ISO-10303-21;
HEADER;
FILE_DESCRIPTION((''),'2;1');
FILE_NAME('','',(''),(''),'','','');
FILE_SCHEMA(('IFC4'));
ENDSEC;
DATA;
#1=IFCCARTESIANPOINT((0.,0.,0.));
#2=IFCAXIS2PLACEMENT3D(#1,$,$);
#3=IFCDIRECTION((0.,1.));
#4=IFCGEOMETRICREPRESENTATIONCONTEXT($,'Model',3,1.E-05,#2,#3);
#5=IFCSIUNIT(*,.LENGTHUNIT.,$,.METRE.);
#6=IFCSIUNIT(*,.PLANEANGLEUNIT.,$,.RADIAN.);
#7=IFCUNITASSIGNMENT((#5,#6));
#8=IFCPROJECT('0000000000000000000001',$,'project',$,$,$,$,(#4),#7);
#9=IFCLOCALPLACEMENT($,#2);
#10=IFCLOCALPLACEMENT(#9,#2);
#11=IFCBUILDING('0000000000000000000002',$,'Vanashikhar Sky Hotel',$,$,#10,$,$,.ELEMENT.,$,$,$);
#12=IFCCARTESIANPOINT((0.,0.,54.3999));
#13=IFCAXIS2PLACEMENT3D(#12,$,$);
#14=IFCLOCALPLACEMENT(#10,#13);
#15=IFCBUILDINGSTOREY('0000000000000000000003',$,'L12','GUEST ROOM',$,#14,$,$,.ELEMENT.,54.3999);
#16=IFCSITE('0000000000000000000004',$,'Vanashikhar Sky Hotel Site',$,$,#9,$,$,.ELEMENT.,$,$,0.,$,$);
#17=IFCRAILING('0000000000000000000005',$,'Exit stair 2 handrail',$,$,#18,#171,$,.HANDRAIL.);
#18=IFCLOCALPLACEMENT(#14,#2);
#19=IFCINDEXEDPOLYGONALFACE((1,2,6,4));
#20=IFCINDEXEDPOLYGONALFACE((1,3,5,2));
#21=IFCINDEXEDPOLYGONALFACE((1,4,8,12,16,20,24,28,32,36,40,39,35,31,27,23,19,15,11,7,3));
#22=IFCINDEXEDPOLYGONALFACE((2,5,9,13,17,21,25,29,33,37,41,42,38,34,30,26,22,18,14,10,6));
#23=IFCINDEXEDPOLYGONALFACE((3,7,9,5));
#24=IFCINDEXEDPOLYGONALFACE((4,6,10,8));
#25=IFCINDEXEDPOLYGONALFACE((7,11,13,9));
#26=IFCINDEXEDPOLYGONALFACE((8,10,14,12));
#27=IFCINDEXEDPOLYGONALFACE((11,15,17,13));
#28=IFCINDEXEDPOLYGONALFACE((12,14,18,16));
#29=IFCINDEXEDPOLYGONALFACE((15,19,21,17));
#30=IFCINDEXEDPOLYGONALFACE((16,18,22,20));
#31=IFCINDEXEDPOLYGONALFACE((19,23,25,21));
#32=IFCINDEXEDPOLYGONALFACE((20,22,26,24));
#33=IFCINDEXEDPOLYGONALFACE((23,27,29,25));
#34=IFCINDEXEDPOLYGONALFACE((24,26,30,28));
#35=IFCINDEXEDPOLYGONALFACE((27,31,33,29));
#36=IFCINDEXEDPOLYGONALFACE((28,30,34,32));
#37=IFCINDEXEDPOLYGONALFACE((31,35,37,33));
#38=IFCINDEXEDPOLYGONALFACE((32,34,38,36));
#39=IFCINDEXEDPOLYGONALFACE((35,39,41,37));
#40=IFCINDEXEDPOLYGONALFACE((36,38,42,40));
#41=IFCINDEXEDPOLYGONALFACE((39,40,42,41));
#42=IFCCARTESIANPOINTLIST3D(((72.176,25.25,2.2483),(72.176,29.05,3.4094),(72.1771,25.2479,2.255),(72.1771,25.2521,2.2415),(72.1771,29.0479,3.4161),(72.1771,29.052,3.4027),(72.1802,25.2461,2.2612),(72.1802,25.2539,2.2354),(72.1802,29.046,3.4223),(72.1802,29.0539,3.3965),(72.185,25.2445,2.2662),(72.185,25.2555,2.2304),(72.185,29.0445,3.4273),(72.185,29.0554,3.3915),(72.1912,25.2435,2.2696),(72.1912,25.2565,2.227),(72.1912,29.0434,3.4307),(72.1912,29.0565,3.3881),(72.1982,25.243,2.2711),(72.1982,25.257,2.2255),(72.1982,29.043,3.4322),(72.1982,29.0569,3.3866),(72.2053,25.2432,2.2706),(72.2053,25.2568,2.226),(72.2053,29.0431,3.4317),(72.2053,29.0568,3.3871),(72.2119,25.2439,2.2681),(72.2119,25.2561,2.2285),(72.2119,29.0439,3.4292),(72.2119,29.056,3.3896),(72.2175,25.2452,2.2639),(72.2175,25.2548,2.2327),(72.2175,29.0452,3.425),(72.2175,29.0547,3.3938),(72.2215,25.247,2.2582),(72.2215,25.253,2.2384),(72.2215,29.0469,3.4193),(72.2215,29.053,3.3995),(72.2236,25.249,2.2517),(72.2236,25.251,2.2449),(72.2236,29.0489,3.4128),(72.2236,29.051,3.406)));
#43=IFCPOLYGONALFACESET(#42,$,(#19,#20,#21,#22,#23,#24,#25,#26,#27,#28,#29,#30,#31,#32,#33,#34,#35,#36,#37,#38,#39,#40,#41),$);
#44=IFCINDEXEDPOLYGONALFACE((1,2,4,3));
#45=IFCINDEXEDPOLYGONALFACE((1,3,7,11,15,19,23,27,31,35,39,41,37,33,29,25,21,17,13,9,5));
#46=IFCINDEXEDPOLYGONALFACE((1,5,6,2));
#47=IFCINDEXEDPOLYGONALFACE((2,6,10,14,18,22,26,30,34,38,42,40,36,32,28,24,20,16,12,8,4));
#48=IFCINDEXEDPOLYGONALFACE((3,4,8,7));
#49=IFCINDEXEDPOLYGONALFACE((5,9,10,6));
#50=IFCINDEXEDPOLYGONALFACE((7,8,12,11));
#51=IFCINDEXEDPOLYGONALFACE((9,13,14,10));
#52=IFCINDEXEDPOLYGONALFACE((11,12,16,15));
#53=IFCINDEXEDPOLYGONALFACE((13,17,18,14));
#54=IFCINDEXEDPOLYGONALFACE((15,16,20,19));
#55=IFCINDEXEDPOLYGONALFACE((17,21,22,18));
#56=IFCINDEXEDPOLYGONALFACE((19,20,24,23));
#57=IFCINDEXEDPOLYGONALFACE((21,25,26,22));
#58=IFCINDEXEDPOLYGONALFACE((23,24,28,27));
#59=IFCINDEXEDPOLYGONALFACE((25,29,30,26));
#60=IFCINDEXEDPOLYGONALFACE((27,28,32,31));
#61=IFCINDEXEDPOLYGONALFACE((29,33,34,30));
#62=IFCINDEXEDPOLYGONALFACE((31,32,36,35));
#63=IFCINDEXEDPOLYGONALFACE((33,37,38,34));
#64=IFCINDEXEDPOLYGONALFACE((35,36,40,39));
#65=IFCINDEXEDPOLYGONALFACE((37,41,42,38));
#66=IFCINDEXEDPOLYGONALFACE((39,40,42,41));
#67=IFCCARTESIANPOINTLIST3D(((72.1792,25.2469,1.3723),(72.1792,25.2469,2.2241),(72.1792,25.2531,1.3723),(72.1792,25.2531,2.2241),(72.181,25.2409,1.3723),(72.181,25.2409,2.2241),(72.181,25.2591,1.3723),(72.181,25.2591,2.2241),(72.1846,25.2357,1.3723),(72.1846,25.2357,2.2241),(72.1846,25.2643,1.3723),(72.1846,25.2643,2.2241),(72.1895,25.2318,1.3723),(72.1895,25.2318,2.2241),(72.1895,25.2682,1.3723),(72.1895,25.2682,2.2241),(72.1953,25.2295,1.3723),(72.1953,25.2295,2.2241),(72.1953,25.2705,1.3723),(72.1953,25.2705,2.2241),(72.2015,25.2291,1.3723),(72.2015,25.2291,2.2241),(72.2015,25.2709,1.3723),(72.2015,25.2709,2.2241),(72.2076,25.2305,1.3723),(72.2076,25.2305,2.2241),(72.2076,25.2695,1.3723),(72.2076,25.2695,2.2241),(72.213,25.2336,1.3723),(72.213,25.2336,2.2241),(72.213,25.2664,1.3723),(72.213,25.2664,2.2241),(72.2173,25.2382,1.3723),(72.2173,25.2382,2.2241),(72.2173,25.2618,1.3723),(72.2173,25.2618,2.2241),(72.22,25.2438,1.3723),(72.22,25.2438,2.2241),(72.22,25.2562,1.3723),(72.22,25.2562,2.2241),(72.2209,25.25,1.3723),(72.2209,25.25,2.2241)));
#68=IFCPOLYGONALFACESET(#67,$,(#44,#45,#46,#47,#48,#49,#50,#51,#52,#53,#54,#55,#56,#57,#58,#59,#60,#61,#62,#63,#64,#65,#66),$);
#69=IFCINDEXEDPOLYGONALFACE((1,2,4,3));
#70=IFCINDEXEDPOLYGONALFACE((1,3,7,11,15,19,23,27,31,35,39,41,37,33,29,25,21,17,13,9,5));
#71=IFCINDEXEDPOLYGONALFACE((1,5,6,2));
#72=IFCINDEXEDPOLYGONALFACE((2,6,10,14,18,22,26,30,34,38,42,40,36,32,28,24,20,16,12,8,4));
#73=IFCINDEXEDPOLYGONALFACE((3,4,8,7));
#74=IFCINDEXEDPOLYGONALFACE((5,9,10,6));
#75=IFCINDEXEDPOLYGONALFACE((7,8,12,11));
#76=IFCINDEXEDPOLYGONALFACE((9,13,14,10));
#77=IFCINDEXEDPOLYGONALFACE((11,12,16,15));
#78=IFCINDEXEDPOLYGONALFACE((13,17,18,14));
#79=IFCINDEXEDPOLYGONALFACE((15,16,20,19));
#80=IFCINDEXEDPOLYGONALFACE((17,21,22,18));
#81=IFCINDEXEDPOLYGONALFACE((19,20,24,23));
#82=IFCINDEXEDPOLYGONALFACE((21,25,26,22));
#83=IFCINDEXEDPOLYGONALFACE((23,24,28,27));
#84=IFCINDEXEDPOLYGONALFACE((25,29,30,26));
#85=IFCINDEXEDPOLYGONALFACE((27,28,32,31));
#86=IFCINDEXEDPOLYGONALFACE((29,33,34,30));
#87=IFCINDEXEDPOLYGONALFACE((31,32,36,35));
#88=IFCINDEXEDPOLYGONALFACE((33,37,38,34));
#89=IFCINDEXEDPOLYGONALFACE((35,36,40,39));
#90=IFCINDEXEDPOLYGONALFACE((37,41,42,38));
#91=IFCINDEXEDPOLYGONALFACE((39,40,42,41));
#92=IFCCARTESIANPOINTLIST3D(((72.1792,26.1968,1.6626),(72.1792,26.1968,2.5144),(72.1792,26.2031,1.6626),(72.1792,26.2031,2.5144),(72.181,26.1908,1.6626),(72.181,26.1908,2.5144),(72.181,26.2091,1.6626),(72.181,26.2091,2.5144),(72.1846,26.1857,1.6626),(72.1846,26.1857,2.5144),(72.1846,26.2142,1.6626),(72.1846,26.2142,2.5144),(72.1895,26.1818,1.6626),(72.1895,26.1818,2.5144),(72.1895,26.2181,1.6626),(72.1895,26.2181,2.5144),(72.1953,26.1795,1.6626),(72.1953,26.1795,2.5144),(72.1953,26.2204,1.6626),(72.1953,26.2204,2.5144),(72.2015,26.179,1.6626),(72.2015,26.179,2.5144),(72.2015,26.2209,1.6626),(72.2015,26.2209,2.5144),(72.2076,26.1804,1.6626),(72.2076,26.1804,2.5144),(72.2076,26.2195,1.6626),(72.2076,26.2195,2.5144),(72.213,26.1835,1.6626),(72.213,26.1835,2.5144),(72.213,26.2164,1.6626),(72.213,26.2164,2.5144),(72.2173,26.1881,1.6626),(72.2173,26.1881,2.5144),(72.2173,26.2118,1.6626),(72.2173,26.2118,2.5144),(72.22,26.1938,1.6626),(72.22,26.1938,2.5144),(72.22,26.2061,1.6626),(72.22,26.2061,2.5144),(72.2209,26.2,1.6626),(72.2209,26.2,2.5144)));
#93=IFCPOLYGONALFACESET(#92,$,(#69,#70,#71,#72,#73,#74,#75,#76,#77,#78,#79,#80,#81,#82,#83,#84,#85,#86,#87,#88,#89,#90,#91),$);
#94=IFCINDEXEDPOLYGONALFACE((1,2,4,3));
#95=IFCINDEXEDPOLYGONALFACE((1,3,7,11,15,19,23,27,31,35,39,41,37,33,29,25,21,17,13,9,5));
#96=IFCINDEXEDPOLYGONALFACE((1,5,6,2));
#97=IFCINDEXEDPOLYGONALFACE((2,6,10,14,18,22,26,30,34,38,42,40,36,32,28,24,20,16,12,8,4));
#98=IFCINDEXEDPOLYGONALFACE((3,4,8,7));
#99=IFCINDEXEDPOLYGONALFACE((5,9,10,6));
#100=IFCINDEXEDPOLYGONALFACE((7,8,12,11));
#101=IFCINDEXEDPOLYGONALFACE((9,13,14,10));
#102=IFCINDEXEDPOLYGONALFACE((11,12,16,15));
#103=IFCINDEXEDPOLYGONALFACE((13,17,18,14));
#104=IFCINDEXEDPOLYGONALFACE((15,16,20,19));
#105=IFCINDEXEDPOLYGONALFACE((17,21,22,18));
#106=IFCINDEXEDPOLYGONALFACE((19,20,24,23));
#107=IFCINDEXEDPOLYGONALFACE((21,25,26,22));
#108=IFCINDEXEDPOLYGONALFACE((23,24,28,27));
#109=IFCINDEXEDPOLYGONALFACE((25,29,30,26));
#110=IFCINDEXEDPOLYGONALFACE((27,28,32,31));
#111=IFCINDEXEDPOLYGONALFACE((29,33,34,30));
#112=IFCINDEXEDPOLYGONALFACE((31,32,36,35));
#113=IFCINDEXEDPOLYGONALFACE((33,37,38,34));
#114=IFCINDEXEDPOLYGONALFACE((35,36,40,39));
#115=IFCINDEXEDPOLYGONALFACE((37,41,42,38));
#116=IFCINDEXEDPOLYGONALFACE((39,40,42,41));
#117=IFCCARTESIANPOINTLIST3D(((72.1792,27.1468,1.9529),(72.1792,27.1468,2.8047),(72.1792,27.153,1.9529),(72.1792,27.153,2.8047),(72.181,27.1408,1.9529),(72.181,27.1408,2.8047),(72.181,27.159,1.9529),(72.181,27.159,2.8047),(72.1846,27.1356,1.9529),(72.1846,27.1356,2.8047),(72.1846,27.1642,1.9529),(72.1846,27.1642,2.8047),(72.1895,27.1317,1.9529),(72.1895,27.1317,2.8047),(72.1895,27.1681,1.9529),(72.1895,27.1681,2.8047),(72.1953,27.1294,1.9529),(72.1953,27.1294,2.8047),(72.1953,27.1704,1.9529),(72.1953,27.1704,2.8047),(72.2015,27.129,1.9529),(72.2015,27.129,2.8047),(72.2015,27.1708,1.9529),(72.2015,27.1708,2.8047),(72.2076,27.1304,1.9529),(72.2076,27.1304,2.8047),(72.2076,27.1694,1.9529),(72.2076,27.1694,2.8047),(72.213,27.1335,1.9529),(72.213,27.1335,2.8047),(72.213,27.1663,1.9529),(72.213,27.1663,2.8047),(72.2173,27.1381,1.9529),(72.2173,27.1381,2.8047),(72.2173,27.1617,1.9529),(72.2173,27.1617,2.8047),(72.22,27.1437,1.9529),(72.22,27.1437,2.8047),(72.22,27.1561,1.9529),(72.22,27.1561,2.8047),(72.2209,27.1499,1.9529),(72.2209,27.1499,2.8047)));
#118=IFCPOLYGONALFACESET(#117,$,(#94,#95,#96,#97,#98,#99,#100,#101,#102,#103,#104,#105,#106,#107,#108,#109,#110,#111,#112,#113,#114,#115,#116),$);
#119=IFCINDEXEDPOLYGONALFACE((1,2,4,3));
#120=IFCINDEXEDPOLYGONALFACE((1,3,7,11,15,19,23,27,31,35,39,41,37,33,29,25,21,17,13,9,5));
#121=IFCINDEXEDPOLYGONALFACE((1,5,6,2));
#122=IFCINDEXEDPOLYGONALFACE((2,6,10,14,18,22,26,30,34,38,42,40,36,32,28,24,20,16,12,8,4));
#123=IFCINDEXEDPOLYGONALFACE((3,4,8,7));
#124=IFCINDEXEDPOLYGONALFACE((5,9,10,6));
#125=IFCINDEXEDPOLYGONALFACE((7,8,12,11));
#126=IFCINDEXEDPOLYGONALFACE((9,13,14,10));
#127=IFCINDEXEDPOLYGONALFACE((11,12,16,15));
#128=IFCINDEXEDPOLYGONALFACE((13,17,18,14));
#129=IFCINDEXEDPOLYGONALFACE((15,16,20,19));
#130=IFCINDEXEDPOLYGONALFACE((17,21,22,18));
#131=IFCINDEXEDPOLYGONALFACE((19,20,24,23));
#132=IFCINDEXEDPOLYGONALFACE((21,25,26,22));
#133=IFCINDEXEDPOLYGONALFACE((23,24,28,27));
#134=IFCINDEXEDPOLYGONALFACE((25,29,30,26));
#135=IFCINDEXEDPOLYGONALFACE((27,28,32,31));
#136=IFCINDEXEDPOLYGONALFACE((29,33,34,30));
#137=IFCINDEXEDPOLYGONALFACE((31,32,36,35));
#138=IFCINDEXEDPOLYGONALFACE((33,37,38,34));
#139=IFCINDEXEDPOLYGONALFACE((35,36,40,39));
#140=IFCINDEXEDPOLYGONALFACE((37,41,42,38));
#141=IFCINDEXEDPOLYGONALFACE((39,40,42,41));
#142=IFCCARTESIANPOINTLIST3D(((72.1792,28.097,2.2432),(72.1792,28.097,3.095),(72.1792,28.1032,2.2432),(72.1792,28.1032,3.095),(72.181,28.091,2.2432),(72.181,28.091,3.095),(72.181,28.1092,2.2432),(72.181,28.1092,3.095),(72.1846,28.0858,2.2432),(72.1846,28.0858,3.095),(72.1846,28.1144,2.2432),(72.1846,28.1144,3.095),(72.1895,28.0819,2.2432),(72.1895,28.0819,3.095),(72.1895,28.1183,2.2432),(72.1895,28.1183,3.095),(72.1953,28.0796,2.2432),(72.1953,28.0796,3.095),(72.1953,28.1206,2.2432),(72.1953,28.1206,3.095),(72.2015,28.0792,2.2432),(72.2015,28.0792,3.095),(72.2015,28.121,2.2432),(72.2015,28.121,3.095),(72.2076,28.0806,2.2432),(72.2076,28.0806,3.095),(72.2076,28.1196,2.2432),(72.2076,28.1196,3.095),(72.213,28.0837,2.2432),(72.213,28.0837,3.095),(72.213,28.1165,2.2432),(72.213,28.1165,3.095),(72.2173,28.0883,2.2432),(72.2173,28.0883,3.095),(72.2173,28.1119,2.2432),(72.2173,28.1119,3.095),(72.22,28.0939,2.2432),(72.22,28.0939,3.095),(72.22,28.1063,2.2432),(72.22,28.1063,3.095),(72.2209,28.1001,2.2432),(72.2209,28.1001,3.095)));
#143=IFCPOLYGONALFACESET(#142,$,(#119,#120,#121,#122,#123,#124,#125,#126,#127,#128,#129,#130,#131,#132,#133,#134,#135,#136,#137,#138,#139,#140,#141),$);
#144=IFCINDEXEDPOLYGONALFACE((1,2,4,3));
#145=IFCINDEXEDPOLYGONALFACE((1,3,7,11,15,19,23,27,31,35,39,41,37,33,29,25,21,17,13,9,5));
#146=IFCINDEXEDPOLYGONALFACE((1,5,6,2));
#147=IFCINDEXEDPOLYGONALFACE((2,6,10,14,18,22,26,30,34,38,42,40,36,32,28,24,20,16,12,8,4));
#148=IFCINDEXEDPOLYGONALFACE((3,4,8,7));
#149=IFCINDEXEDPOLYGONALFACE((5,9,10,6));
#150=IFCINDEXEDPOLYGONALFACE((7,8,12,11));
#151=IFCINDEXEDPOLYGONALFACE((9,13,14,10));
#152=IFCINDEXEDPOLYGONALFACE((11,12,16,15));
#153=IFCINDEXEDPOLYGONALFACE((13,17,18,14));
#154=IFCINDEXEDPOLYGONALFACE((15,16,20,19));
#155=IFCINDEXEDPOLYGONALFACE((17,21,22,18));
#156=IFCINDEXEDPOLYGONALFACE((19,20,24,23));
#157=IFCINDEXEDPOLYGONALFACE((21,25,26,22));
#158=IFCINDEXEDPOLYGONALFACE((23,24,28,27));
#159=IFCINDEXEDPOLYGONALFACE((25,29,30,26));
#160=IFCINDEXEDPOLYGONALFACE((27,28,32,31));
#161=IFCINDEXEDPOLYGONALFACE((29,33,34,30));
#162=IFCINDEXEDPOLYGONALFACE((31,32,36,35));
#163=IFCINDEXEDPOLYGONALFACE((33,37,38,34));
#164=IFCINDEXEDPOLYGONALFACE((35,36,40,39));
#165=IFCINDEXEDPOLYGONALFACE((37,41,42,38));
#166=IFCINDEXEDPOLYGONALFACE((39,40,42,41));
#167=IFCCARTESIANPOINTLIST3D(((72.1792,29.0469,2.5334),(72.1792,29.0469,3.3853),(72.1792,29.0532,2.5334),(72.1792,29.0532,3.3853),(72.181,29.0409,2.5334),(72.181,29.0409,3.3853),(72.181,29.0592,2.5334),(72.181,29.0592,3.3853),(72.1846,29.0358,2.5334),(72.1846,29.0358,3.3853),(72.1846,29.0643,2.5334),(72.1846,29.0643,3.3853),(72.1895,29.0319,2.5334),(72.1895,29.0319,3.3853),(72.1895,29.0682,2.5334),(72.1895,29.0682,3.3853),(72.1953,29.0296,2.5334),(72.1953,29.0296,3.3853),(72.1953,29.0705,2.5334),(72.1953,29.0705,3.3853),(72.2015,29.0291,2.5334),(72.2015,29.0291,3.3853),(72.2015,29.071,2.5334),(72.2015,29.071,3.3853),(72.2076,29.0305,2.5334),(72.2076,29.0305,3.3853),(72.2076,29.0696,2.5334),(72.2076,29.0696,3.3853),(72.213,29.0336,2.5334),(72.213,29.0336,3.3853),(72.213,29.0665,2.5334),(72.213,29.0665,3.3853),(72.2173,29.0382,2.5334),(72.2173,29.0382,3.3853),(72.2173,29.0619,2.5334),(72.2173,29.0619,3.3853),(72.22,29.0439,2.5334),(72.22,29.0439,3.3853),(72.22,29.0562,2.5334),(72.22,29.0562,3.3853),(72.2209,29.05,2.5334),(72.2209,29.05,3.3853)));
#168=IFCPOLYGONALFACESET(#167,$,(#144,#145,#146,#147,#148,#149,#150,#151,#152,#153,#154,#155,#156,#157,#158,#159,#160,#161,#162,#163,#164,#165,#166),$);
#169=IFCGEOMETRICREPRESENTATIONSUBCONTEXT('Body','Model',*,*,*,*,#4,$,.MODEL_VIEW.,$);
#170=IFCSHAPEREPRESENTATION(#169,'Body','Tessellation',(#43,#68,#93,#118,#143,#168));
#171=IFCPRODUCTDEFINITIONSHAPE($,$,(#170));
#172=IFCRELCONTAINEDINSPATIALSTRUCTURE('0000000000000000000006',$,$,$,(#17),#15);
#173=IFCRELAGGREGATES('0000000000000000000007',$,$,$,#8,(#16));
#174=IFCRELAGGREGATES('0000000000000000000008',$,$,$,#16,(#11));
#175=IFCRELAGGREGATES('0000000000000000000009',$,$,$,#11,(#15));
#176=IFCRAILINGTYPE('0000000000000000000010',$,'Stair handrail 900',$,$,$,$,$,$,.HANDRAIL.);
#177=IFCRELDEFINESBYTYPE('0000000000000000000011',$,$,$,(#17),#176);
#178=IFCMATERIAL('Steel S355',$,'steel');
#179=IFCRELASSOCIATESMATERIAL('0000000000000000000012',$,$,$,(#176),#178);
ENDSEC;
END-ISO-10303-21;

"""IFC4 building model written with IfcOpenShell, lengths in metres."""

from ifc_helpers import new_model, si_unit, direction, frame, origin, origin_2d, place, context, subcontext, project, spatial, circle, extrude, source, transform, mapped, material, type_object, element, save


model = new_model("IFC4")

# Units and contexts
model_context = context("Model", 3, precision=1e-05, world=origin(), true_north=direction((0.0, 1.0)))
body_context = subcontext(model_context, "Body", "Model", "MODEL_VIEW")
ifc_project = project(units=[si_unit("LENGTHUNIT", "METRE"), si_unit("PLANEANGLEUNIT", "RADIAN")], contexts=[model_context])

# Site, building, storey
site_placement = place(None, origin())
site = spatial("IfcSite", under=ifc_project, at=site_placement, Name="Vanashikhar Sky Hotel Site", CompositionType="ELEMENT", RefElevation=0.0)
building_placement = place(site_placement, origin())
building = spatial("IfcBuilding", under=site, at=building_placement, Name="Vanashikhar Sky Hotel", CompositionType="ELEMENT")
storey_placement = place(building_placement, frame((0.0, 0.0, 54.3999)))
storey = spatial("IfcBuildingStorey", under=building, at=storey_placement, Name="L12", Description="GUEST ROOM", CompositionType="ELEMENT", Elevation=54.3999)

# Railing
ifc_material_1 = material(Name="Steel S355", Category="steel")
railing_type_1 = type_object("IfcRailingType", Name="Stair handrail 900", PredefinedType="HANDRAIL", material=ifc_material_1)
shared_shape_1 = source(origin(), body_context, "Body", "SweptSolid", [
    extrude(circle(Radius=0.0239, at=origin_2d()), frame((0.0, 0.0, 0.876), z_axis=(0.0, 0.956351, 0.29222), x_axis=(-1.0, 0.0, 0.0)), (0.0, 0.0, 1.0), 3.9734),
    extrude(circle(Radius=0.021, at=origin_2d()), origin(), (0.0, 0.0, 1.0), 0.8518),
    extrude(circle(Radius=0.021, at=origin_2d()), frame((0.0, 0.95, 0.2903)), (0.0, 0.0, 1.0), 0.8518),
    extrude(circle(Radius=0.021, at=origin_2d()), frame((0.0, 1.8999, 0.5806)), (0.0, 0.0, 1.0), 0.8518),
    extrude(circle(Radius=0.021, at=origin_2d()), frame((0.0, 2.8501, 0.8708)), (0.0, 0.0, 1.0), 0.8518),
    extrude(circle(Radius=0.021, at=origin_2d()), frame((0.0, 3.8, 1.1611)), (0.0, 0.0, 1.0), 0.8518),
])
for number, where, name in (
    (1, (72.2, 25.25, 1.3723), "Exit stair 2 handrail"),
):
    element("IfcRailing", number, at=place(storey_placement, frame(where)), inside=storey, type_object=railing_type_1, Name=name, PredefinedType="HANDRAIL", context=body_context, shape_type="MappedRepresentation", body=[
        mapped(shared_shape_1, transform((0.0, 0.0, 0.0), scale=1.0)),
    ])

save(model, "model.ifc")
